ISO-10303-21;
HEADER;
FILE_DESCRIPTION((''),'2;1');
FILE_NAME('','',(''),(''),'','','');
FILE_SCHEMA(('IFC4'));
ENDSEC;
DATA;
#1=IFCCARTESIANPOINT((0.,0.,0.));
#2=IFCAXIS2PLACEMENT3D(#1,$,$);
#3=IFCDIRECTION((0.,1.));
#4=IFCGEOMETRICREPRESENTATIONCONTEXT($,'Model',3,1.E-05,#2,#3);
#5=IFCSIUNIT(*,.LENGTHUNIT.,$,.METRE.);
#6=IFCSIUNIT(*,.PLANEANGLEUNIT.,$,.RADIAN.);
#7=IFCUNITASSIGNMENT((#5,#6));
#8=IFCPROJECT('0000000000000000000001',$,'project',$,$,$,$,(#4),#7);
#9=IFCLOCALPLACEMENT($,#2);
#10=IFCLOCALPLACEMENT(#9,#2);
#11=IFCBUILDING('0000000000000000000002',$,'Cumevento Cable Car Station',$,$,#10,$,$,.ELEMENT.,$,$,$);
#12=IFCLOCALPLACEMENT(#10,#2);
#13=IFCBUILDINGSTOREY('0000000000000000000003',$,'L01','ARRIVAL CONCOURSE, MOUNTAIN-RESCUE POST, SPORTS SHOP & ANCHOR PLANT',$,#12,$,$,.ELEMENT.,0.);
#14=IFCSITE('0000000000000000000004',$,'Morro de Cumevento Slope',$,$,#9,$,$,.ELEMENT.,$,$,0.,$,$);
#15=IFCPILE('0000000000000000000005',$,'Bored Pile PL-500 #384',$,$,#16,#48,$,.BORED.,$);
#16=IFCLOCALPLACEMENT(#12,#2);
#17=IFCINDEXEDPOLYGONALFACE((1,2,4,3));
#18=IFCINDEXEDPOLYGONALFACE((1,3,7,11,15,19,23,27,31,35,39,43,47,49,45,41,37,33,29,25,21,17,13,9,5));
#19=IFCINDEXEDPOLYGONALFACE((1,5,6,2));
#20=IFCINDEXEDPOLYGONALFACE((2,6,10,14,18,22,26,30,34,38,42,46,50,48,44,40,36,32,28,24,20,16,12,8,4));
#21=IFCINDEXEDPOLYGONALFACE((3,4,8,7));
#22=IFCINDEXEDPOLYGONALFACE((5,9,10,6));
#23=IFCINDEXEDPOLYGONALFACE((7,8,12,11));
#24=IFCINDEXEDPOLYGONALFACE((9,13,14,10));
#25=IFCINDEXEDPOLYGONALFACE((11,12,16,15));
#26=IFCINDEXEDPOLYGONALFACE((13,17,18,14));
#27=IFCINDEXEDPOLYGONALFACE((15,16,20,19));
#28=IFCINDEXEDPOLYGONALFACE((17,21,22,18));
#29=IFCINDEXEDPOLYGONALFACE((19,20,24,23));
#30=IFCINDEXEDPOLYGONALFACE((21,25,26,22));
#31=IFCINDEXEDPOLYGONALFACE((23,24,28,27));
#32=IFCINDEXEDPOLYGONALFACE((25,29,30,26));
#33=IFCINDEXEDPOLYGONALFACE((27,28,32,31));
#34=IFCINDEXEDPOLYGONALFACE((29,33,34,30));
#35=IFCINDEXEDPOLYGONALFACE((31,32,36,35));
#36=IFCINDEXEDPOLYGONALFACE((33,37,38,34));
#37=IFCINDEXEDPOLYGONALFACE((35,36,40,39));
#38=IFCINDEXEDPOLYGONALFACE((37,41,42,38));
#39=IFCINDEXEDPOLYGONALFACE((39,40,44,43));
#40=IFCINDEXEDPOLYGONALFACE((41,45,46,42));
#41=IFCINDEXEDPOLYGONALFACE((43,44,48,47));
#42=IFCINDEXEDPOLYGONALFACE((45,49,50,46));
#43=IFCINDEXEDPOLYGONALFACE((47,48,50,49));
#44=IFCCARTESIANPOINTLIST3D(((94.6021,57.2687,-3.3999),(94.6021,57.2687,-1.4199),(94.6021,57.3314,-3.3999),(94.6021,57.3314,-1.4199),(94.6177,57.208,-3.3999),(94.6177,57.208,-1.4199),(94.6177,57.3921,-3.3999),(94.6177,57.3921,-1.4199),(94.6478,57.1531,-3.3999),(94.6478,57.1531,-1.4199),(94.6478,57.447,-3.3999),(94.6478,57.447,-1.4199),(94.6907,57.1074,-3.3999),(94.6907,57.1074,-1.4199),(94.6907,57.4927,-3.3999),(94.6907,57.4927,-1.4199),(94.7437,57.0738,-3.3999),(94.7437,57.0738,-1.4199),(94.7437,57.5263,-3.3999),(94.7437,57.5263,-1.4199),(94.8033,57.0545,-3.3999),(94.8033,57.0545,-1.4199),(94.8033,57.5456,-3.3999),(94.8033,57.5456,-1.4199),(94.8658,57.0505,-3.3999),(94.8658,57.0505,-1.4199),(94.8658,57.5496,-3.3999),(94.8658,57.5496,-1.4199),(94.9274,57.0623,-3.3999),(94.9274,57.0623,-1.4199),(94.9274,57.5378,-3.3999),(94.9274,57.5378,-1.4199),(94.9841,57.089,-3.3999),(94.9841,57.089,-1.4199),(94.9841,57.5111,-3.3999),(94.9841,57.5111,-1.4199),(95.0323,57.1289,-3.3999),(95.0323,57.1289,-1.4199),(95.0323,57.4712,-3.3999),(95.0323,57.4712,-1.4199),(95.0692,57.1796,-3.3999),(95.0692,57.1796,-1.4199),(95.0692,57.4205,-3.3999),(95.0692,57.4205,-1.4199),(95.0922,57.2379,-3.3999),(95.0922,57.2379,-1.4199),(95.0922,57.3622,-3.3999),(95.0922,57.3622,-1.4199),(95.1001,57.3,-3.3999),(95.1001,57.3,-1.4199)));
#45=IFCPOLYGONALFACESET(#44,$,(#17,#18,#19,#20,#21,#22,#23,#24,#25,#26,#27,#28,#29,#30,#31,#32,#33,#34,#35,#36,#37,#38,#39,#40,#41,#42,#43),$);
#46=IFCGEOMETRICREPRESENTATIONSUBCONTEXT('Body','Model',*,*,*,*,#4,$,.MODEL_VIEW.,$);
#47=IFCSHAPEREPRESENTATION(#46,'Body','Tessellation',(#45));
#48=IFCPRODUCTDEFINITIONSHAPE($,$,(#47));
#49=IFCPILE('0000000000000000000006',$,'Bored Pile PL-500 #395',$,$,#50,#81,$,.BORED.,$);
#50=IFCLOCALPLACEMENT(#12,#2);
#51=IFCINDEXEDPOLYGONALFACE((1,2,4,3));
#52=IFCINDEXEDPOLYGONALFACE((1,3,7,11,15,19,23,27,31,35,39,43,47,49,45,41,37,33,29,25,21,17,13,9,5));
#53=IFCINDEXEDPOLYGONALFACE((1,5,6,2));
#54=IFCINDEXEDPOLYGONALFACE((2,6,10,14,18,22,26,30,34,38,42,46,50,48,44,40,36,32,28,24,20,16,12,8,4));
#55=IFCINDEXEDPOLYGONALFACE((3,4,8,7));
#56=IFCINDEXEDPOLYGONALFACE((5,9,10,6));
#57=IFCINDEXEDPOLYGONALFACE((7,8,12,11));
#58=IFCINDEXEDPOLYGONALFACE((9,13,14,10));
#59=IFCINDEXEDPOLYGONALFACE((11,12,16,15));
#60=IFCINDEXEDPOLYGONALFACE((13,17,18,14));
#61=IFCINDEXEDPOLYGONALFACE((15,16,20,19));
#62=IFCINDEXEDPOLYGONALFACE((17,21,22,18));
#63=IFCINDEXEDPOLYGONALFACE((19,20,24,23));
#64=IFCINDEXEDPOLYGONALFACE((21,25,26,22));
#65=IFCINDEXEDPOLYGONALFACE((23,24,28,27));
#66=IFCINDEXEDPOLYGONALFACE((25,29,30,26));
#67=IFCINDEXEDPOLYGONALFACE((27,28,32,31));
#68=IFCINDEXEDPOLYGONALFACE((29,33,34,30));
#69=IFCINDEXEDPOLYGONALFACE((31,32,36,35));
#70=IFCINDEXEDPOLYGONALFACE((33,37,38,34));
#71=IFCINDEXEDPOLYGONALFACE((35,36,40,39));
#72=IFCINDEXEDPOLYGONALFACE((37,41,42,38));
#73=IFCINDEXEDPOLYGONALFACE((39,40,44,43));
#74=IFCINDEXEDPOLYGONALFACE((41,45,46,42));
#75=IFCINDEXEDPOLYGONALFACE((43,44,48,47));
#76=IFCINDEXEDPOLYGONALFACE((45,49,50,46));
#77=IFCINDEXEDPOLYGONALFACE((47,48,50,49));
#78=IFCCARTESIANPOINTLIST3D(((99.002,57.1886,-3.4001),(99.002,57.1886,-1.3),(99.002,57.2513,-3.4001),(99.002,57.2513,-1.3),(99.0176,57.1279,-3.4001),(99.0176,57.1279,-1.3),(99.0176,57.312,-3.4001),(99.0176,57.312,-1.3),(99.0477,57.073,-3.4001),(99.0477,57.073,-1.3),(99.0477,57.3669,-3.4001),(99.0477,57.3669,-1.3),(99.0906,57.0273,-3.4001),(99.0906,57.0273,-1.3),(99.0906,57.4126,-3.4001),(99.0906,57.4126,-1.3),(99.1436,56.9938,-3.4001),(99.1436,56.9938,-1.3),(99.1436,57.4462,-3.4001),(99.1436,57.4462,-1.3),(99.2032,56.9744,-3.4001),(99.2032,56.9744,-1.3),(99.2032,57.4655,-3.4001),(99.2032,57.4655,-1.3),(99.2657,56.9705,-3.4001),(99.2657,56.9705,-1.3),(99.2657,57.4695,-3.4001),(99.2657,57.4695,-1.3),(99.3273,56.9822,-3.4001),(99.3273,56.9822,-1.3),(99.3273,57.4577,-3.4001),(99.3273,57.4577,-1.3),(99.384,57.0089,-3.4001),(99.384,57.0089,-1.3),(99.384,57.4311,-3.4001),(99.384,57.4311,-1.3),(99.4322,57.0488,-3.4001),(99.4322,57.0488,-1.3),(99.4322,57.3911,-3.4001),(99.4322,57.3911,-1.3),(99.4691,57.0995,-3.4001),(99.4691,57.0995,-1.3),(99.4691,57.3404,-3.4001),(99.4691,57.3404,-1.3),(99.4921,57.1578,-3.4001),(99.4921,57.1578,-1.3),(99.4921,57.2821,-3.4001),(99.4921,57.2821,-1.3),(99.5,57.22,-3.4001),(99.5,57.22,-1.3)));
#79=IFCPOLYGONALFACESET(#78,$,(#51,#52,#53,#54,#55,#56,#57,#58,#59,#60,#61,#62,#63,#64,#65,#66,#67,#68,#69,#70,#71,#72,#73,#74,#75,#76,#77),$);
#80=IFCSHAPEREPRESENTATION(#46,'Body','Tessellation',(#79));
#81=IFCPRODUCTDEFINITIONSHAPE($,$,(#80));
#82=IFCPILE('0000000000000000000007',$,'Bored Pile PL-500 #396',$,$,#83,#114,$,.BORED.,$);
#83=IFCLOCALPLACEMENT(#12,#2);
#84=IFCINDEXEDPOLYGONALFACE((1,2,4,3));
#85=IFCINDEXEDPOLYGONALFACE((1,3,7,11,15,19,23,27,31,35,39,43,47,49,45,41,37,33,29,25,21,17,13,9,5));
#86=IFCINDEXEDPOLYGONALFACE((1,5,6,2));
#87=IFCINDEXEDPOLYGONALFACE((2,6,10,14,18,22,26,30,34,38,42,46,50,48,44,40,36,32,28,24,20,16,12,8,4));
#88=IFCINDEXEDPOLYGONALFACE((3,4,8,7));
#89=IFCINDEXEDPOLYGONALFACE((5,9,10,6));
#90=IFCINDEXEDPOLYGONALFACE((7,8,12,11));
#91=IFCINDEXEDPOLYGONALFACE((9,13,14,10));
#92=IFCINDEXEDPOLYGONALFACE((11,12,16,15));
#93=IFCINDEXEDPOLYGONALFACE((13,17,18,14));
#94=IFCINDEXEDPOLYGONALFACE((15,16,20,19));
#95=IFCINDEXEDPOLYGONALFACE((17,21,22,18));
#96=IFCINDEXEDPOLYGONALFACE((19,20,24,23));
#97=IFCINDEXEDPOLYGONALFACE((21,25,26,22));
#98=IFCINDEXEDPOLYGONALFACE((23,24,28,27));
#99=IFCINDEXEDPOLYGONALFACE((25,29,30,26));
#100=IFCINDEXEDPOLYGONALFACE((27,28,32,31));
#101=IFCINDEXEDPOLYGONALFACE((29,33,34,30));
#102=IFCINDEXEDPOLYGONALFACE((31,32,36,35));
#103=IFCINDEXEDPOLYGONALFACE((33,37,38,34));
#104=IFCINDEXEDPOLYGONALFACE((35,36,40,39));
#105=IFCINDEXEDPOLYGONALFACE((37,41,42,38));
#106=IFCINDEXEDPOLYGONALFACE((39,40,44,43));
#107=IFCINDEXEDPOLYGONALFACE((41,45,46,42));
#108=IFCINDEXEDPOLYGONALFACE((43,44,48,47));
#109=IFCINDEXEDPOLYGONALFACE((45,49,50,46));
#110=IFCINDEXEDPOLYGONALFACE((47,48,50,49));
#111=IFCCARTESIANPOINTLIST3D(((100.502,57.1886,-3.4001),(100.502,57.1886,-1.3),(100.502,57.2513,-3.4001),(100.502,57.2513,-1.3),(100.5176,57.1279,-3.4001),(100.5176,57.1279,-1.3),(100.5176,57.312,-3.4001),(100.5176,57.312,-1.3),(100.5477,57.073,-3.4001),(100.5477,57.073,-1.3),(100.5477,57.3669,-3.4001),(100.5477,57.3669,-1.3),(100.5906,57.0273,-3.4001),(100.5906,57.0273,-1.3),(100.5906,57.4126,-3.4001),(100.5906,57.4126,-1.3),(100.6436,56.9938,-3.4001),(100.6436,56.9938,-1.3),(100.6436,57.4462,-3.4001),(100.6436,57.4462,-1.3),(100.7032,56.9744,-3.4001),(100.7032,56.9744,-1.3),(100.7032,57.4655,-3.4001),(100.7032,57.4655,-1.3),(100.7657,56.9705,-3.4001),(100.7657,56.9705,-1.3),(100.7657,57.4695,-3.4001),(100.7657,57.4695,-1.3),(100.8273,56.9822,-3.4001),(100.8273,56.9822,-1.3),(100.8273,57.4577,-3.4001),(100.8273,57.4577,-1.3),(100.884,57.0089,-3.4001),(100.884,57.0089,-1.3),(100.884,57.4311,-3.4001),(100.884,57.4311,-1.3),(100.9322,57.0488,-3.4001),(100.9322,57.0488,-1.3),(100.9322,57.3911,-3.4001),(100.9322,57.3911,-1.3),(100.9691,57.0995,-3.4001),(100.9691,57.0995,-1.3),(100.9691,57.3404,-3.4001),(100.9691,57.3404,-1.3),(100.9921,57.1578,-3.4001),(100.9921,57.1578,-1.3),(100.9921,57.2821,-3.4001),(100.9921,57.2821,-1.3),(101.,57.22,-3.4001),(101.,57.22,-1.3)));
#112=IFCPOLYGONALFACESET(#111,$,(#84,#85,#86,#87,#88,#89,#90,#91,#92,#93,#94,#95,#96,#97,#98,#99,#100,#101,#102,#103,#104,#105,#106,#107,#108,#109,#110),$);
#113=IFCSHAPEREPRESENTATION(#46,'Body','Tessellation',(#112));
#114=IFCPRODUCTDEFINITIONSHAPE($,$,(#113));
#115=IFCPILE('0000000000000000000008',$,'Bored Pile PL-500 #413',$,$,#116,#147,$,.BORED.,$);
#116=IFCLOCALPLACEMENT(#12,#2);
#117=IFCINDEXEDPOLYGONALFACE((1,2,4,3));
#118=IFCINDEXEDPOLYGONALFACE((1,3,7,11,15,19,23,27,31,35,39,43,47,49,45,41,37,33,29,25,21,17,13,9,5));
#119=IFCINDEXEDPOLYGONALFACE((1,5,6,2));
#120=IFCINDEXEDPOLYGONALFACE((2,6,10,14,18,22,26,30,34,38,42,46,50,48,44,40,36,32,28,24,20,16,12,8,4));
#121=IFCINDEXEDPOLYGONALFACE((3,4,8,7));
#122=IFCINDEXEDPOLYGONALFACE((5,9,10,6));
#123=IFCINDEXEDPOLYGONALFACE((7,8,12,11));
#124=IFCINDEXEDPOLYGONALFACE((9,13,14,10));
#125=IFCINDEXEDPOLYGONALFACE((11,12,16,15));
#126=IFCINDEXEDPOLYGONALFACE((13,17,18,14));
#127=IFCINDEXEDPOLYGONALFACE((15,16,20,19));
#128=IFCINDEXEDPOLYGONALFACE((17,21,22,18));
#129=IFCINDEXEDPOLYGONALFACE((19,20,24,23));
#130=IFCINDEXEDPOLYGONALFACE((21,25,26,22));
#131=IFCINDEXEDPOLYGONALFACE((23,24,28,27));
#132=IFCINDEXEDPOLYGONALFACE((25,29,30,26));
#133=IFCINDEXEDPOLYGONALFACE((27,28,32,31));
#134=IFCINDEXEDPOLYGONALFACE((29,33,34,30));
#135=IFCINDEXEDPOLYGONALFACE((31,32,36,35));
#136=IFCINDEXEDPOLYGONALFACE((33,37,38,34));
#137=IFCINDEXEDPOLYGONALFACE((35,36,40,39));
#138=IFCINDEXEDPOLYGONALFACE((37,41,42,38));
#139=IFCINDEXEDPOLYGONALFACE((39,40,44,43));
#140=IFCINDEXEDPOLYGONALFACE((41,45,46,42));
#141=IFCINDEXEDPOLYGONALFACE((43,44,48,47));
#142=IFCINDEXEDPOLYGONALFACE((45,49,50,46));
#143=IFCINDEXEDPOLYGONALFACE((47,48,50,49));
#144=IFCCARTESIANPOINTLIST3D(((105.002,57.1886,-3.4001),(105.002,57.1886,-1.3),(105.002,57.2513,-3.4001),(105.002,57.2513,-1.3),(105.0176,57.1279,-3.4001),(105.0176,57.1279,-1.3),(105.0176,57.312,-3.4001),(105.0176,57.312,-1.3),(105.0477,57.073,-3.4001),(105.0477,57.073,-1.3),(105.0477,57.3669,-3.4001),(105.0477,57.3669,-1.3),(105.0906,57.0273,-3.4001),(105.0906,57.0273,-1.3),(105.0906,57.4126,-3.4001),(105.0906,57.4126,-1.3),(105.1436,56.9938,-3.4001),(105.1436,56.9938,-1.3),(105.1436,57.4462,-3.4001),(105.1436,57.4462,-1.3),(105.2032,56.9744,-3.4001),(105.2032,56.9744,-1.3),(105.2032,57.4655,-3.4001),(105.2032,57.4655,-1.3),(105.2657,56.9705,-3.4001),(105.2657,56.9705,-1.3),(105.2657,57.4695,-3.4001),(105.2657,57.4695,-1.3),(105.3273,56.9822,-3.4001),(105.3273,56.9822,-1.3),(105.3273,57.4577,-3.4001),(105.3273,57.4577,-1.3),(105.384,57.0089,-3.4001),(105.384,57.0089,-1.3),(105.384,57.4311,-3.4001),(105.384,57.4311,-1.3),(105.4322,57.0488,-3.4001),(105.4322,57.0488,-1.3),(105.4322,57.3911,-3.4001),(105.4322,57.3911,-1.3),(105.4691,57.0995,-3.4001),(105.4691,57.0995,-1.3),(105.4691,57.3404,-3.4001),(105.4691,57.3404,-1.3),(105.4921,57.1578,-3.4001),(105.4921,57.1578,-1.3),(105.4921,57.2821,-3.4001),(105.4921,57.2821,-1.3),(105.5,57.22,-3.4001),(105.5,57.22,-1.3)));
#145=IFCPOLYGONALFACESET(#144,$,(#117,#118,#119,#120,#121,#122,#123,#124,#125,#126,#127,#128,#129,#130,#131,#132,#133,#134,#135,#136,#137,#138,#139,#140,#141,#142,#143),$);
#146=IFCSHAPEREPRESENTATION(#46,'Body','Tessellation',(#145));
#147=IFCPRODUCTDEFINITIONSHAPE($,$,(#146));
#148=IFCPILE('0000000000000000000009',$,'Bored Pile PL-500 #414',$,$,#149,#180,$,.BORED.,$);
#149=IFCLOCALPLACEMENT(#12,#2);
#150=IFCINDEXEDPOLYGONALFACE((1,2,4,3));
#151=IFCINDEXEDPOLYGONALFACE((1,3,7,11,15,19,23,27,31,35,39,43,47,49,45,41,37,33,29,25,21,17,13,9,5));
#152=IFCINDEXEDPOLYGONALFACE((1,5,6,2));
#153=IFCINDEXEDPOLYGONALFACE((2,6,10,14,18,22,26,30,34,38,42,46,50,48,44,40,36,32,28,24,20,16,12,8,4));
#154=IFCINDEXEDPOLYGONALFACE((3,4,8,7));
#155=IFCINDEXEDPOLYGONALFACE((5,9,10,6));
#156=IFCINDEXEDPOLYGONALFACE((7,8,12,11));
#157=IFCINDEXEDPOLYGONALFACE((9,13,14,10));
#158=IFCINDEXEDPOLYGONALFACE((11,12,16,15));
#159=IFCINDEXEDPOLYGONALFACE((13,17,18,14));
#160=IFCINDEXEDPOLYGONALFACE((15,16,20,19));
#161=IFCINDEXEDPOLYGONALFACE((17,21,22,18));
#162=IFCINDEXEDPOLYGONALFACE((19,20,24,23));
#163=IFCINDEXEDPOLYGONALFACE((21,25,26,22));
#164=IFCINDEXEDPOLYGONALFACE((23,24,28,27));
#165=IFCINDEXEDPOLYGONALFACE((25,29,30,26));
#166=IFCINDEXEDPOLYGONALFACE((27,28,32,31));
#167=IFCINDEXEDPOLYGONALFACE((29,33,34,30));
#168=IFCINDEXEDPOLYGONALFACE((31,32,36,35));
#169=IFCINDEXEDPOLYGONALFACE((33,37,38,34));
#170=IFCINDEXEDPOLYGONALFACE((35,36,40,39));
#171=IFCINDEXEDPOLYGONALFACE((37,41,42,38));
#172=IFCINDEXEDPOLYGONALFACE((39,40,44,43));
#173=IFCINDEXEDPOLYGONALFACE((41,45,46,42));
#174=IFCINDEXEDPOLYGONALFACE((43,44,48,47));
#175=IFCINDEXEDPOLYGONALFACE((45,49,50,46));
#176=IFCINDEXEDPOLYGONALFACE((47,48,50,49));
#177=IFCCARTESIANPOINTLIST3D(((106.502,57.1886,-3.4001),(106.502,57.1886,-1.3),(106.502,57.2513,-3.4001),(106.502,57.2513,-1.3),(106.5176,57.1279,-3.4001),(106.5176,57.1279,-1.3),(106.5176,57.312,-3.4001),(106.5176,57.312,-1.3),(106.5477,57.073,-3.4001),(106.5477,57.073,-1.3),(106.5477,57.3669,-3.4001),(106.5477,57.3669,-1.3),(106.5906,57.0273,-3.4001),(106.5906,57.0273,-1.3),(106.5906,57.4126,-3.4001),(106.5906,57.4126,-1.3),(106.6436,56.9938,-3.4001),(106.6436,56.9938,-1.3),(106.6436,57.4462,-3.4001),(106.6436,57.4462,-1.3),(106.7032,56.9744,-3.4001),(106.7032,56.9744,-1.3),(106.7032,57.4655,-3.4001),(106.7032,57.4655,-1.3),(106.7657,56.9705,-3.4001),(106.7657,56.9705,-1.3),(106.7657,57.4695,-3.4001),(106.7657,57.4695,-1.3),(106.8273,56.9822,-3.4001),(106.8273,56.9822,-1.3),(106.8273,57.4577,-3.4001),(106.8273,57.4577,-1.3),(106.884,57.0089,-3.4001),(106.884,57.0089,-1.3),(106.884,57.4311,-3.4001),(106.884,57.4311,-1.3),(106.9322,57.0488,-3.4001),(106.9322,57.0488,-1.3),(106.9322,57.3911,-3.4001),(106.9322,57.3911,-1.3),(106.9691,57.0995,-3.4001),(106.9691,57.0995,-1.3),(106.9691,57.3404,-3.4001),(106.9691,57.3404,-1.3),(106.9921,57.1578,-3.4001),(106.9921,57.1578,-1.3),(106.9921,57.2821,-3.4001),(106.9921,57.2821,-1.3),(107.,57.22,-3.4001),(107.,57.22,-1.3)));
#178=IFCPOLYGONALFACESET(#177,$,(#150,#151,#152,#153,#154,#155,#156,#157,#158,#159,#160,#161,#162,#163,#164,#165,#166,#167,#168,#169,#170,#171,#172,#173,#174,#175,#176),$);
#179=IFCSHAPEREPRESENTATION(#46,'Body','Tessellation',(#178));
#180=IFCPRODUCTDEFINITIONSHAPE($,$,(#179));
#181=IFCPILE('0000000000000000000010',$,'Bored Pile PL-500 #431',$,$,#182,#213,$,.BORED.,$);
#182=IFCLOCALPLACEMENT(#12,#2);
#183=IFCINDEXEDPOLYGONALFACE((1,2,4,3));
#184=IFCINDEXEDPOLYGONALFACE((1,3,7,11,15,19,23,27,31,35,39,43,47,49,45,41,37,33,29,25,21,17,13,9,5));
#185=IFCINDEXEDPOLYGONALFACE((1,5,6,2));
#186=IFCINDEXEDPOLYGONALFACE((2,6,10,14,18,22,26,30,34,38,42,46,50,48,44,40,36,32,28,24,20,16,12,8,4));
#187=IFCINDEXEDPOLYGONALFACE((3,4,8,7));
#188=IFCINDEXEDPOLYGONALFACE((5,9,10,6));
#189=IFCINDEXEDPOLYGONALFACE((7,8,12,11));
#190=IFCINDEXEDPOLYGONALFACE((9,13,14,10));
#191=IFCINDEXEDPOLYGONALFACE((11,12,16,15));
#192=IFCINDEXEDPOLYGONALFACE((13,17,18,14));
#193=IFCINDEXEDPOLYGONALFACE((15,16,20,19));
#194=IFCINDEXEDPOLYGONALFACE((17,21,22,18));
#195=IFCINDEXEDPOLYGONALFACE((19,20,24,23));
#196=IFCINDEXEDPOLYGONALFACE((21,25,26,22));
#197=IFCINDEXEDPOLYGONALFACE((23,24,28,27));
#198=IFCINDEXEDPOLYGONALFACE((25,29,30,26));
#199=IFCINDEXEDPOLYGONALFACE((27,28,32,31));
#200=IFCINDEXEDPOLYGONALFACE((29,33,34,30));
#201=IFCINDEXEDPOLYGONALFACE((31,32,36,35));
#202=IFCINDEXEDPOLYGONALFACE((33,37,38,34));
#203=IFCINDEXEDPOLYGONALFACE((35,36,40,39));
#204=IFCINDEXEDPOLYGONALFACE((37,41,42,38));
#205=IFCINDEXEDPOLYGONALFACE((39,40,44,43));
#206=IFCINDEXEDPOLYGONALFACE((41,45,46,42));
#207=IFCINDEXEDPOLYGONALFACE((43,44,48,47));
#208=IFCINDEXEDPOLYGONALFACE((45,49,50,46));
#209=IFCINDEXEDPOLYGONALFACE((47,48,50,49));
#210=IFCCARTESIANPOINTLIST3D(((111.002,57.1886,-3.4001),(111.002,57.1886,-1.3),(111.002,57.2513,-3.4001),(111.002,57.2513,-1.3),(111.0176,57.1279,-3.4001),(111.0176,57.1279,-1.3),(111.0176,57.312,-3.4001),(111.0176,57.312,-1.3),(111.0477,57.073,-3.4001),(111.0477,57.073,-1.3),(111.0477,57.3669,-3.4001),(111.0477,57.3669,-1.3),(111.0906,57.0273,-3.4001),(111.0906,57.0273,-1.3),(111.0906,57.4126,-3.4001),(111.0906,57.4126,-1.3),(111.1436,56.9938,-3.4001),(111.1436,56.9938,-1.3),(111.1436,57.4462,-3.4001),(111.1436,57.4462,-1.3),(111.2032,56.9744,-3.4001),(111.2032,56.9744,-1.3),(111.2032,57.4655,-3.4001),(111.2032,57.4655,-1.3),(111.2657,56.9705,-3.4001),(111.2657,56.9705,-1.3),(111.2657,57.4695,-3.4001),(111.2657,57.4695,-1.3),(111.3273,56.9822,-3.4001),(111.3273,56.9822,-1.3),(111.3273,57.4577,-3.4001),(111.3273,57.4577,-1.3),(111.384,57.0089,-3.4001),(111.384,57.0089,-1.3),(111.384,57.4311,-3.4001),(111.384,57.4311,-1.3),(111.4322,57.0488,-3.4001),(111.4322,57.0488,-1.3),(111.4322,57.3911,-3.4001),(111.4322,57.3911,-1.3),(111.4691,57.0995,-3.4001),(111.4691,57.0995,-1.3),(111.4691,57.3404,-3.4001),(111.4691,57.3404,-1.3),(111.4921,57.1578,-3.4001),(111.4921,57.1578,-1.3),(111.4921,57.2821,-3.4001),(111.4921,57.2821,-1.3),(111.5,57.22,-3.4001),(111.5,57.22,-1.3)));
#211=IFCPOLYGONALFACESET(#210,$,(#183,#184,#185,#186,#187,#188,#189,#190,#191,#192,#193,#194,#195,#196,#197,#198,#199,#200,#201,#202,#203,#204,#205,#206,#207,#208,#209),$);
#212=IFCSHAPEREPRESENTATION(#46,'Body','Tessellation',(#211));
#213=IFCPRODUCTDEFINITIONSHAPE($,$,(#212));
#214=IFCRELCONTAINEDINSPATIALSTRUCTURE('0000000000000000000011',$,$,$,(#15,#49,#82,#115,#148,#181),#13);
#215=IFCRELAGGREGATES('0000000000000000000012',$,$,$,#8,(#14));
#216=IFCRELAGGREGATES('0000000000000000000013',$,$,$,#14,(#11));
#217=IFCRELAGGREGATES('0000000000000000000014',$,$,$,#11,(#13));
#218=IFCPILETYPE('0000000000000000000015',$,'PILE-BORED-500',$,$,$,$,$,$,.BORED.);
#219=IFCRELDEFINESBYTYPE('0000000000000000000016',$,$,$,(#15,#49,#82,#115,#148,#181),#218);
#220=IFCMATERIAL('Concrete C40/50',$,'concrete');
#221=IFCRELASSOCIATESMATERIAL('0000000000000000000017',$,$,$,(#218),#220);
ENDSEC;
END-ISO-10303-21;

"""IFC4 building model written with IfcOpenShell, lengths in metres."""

from ifc_helpers import new_model, si_unit, direction, frame, origin, origin_2d, place, context, subcontext, project, spatial, circle, extrude, material, material_profile, profile_set, type_object, element, save


model = new_model("IFC4")

# Units and contexts
model_context = context("Model", 3, precision=1e-05, world=origin(), true_north=direction((0.0, 1.0)))
body_context = subcontext(model_context, "Body", "Model", "MODEL_VIEW")
ifc_project = project(units=[si_unit("LENGTHUNIT", "METRE"), si_unit("PLANEANGLEUNIT", "RADIAN")], contexts=[model_context])

# Site, building, storey
site_placement = place(None, origin())
site = spatial("IfcSite", under=ifc_project, at=site_placement, Name="Morro de Cumevento Slope", CompositionType="ELEMENT", RefElevation=0.0)
building_placement = place(site_placement, origin())
building = spatial("IfcBuilding", under=site, at=building_placement, Name="Cumevento Cable Car Station", CompositionType="ELEMENT")
storey_placement = place(building_placement, origin())
storey = spatial("IfcBuildingStorey", under=building, at=storey_placement, Name="L01", Description="ARRIVAL CONCOURSE, MOUNTAIN-RESCUE POST, SPORTS SHOP & ANCHOR PLANT", CompositionType="ELEMENT", Elevation=0.0)

# Piles
ifc_material_1 = material(Name="Concrete C40/50", Category="concrete")
ifc_material_profile_1 = material_profile(ifc_material_1, circle(Radius=0.25, at=origin_2d()), Name="PILE-D500")
ifc_profile_set_1 = profile_set([ifc_material_profile_1], Name="Concrete C40/50")
pile_type = type_object("IfcPileType", Name="PILE-BORED-500", PredefinedType="BORED", material=ifc_profile_set_1)
pile_placement = place(storey_placement, frame((94.8501, 57.3, -1.4199), z_axis=(0.0, 0.0, -1.0), x_axis=(1.0, 0.0, 0.0)))
element("IfcPile", 1, at=pile_placement, inside=storey, type_object=pile_type, Name="Bored Pile PL-500 #384", PredefinedType="BORED", context=body_context, shape_type="SweptSolid", body=[
    extrude(circle(Radius=0.25, at=origin_2d()), origin(), (0.0, 0.0, 1.0), 1.98),
])
for number, where, z_axis, x_axis, name in (
    (2, (99.25, 57.22, -1.3), (0.0, 0.0, -1.0), (1.0, 0.0, 0.0), "Bored Pile PL-500 #395"),
    (3, (100.75, 57.22, -1.3), (0.0, 0.0, -1.0), (1.0, 0.0, 0.0), "Bored Pile PL-500 #396"),
    (4, (105.25, 57.22, -1.3), (0.0, 0.0, -1.0), (1.0, 0.0, 0.0), "Bored Pile PL-500 #413"),
    (5, (106.75, 57.22, -1.3), (0.0, 0.0, -1.0), (1.0, 0.0, 0.0), "Bored Pile PL-500 #414"),
    (6, (111.25, 57.22, -1.3), (0.0, 0.0, -1.0), (1.0, 0.0, 0.0), "Bored Pile PL-500 #431"),
):
    element("IfcPile", number, at=place(storey_placement, frame(where, z_axis=z_axis, x_axis=x_axis)), inside=storey, type_object=pile_type, Name=name, PredefinedType="BORED", context=body_context, shape_type="SweptSolid", body=[
        extrude(circle(Radius=0.25, at=origin_2d()), origin(), (0.0, 0.0, 1.0), 2.1001),
    ])

save(model, "model.ifc")
